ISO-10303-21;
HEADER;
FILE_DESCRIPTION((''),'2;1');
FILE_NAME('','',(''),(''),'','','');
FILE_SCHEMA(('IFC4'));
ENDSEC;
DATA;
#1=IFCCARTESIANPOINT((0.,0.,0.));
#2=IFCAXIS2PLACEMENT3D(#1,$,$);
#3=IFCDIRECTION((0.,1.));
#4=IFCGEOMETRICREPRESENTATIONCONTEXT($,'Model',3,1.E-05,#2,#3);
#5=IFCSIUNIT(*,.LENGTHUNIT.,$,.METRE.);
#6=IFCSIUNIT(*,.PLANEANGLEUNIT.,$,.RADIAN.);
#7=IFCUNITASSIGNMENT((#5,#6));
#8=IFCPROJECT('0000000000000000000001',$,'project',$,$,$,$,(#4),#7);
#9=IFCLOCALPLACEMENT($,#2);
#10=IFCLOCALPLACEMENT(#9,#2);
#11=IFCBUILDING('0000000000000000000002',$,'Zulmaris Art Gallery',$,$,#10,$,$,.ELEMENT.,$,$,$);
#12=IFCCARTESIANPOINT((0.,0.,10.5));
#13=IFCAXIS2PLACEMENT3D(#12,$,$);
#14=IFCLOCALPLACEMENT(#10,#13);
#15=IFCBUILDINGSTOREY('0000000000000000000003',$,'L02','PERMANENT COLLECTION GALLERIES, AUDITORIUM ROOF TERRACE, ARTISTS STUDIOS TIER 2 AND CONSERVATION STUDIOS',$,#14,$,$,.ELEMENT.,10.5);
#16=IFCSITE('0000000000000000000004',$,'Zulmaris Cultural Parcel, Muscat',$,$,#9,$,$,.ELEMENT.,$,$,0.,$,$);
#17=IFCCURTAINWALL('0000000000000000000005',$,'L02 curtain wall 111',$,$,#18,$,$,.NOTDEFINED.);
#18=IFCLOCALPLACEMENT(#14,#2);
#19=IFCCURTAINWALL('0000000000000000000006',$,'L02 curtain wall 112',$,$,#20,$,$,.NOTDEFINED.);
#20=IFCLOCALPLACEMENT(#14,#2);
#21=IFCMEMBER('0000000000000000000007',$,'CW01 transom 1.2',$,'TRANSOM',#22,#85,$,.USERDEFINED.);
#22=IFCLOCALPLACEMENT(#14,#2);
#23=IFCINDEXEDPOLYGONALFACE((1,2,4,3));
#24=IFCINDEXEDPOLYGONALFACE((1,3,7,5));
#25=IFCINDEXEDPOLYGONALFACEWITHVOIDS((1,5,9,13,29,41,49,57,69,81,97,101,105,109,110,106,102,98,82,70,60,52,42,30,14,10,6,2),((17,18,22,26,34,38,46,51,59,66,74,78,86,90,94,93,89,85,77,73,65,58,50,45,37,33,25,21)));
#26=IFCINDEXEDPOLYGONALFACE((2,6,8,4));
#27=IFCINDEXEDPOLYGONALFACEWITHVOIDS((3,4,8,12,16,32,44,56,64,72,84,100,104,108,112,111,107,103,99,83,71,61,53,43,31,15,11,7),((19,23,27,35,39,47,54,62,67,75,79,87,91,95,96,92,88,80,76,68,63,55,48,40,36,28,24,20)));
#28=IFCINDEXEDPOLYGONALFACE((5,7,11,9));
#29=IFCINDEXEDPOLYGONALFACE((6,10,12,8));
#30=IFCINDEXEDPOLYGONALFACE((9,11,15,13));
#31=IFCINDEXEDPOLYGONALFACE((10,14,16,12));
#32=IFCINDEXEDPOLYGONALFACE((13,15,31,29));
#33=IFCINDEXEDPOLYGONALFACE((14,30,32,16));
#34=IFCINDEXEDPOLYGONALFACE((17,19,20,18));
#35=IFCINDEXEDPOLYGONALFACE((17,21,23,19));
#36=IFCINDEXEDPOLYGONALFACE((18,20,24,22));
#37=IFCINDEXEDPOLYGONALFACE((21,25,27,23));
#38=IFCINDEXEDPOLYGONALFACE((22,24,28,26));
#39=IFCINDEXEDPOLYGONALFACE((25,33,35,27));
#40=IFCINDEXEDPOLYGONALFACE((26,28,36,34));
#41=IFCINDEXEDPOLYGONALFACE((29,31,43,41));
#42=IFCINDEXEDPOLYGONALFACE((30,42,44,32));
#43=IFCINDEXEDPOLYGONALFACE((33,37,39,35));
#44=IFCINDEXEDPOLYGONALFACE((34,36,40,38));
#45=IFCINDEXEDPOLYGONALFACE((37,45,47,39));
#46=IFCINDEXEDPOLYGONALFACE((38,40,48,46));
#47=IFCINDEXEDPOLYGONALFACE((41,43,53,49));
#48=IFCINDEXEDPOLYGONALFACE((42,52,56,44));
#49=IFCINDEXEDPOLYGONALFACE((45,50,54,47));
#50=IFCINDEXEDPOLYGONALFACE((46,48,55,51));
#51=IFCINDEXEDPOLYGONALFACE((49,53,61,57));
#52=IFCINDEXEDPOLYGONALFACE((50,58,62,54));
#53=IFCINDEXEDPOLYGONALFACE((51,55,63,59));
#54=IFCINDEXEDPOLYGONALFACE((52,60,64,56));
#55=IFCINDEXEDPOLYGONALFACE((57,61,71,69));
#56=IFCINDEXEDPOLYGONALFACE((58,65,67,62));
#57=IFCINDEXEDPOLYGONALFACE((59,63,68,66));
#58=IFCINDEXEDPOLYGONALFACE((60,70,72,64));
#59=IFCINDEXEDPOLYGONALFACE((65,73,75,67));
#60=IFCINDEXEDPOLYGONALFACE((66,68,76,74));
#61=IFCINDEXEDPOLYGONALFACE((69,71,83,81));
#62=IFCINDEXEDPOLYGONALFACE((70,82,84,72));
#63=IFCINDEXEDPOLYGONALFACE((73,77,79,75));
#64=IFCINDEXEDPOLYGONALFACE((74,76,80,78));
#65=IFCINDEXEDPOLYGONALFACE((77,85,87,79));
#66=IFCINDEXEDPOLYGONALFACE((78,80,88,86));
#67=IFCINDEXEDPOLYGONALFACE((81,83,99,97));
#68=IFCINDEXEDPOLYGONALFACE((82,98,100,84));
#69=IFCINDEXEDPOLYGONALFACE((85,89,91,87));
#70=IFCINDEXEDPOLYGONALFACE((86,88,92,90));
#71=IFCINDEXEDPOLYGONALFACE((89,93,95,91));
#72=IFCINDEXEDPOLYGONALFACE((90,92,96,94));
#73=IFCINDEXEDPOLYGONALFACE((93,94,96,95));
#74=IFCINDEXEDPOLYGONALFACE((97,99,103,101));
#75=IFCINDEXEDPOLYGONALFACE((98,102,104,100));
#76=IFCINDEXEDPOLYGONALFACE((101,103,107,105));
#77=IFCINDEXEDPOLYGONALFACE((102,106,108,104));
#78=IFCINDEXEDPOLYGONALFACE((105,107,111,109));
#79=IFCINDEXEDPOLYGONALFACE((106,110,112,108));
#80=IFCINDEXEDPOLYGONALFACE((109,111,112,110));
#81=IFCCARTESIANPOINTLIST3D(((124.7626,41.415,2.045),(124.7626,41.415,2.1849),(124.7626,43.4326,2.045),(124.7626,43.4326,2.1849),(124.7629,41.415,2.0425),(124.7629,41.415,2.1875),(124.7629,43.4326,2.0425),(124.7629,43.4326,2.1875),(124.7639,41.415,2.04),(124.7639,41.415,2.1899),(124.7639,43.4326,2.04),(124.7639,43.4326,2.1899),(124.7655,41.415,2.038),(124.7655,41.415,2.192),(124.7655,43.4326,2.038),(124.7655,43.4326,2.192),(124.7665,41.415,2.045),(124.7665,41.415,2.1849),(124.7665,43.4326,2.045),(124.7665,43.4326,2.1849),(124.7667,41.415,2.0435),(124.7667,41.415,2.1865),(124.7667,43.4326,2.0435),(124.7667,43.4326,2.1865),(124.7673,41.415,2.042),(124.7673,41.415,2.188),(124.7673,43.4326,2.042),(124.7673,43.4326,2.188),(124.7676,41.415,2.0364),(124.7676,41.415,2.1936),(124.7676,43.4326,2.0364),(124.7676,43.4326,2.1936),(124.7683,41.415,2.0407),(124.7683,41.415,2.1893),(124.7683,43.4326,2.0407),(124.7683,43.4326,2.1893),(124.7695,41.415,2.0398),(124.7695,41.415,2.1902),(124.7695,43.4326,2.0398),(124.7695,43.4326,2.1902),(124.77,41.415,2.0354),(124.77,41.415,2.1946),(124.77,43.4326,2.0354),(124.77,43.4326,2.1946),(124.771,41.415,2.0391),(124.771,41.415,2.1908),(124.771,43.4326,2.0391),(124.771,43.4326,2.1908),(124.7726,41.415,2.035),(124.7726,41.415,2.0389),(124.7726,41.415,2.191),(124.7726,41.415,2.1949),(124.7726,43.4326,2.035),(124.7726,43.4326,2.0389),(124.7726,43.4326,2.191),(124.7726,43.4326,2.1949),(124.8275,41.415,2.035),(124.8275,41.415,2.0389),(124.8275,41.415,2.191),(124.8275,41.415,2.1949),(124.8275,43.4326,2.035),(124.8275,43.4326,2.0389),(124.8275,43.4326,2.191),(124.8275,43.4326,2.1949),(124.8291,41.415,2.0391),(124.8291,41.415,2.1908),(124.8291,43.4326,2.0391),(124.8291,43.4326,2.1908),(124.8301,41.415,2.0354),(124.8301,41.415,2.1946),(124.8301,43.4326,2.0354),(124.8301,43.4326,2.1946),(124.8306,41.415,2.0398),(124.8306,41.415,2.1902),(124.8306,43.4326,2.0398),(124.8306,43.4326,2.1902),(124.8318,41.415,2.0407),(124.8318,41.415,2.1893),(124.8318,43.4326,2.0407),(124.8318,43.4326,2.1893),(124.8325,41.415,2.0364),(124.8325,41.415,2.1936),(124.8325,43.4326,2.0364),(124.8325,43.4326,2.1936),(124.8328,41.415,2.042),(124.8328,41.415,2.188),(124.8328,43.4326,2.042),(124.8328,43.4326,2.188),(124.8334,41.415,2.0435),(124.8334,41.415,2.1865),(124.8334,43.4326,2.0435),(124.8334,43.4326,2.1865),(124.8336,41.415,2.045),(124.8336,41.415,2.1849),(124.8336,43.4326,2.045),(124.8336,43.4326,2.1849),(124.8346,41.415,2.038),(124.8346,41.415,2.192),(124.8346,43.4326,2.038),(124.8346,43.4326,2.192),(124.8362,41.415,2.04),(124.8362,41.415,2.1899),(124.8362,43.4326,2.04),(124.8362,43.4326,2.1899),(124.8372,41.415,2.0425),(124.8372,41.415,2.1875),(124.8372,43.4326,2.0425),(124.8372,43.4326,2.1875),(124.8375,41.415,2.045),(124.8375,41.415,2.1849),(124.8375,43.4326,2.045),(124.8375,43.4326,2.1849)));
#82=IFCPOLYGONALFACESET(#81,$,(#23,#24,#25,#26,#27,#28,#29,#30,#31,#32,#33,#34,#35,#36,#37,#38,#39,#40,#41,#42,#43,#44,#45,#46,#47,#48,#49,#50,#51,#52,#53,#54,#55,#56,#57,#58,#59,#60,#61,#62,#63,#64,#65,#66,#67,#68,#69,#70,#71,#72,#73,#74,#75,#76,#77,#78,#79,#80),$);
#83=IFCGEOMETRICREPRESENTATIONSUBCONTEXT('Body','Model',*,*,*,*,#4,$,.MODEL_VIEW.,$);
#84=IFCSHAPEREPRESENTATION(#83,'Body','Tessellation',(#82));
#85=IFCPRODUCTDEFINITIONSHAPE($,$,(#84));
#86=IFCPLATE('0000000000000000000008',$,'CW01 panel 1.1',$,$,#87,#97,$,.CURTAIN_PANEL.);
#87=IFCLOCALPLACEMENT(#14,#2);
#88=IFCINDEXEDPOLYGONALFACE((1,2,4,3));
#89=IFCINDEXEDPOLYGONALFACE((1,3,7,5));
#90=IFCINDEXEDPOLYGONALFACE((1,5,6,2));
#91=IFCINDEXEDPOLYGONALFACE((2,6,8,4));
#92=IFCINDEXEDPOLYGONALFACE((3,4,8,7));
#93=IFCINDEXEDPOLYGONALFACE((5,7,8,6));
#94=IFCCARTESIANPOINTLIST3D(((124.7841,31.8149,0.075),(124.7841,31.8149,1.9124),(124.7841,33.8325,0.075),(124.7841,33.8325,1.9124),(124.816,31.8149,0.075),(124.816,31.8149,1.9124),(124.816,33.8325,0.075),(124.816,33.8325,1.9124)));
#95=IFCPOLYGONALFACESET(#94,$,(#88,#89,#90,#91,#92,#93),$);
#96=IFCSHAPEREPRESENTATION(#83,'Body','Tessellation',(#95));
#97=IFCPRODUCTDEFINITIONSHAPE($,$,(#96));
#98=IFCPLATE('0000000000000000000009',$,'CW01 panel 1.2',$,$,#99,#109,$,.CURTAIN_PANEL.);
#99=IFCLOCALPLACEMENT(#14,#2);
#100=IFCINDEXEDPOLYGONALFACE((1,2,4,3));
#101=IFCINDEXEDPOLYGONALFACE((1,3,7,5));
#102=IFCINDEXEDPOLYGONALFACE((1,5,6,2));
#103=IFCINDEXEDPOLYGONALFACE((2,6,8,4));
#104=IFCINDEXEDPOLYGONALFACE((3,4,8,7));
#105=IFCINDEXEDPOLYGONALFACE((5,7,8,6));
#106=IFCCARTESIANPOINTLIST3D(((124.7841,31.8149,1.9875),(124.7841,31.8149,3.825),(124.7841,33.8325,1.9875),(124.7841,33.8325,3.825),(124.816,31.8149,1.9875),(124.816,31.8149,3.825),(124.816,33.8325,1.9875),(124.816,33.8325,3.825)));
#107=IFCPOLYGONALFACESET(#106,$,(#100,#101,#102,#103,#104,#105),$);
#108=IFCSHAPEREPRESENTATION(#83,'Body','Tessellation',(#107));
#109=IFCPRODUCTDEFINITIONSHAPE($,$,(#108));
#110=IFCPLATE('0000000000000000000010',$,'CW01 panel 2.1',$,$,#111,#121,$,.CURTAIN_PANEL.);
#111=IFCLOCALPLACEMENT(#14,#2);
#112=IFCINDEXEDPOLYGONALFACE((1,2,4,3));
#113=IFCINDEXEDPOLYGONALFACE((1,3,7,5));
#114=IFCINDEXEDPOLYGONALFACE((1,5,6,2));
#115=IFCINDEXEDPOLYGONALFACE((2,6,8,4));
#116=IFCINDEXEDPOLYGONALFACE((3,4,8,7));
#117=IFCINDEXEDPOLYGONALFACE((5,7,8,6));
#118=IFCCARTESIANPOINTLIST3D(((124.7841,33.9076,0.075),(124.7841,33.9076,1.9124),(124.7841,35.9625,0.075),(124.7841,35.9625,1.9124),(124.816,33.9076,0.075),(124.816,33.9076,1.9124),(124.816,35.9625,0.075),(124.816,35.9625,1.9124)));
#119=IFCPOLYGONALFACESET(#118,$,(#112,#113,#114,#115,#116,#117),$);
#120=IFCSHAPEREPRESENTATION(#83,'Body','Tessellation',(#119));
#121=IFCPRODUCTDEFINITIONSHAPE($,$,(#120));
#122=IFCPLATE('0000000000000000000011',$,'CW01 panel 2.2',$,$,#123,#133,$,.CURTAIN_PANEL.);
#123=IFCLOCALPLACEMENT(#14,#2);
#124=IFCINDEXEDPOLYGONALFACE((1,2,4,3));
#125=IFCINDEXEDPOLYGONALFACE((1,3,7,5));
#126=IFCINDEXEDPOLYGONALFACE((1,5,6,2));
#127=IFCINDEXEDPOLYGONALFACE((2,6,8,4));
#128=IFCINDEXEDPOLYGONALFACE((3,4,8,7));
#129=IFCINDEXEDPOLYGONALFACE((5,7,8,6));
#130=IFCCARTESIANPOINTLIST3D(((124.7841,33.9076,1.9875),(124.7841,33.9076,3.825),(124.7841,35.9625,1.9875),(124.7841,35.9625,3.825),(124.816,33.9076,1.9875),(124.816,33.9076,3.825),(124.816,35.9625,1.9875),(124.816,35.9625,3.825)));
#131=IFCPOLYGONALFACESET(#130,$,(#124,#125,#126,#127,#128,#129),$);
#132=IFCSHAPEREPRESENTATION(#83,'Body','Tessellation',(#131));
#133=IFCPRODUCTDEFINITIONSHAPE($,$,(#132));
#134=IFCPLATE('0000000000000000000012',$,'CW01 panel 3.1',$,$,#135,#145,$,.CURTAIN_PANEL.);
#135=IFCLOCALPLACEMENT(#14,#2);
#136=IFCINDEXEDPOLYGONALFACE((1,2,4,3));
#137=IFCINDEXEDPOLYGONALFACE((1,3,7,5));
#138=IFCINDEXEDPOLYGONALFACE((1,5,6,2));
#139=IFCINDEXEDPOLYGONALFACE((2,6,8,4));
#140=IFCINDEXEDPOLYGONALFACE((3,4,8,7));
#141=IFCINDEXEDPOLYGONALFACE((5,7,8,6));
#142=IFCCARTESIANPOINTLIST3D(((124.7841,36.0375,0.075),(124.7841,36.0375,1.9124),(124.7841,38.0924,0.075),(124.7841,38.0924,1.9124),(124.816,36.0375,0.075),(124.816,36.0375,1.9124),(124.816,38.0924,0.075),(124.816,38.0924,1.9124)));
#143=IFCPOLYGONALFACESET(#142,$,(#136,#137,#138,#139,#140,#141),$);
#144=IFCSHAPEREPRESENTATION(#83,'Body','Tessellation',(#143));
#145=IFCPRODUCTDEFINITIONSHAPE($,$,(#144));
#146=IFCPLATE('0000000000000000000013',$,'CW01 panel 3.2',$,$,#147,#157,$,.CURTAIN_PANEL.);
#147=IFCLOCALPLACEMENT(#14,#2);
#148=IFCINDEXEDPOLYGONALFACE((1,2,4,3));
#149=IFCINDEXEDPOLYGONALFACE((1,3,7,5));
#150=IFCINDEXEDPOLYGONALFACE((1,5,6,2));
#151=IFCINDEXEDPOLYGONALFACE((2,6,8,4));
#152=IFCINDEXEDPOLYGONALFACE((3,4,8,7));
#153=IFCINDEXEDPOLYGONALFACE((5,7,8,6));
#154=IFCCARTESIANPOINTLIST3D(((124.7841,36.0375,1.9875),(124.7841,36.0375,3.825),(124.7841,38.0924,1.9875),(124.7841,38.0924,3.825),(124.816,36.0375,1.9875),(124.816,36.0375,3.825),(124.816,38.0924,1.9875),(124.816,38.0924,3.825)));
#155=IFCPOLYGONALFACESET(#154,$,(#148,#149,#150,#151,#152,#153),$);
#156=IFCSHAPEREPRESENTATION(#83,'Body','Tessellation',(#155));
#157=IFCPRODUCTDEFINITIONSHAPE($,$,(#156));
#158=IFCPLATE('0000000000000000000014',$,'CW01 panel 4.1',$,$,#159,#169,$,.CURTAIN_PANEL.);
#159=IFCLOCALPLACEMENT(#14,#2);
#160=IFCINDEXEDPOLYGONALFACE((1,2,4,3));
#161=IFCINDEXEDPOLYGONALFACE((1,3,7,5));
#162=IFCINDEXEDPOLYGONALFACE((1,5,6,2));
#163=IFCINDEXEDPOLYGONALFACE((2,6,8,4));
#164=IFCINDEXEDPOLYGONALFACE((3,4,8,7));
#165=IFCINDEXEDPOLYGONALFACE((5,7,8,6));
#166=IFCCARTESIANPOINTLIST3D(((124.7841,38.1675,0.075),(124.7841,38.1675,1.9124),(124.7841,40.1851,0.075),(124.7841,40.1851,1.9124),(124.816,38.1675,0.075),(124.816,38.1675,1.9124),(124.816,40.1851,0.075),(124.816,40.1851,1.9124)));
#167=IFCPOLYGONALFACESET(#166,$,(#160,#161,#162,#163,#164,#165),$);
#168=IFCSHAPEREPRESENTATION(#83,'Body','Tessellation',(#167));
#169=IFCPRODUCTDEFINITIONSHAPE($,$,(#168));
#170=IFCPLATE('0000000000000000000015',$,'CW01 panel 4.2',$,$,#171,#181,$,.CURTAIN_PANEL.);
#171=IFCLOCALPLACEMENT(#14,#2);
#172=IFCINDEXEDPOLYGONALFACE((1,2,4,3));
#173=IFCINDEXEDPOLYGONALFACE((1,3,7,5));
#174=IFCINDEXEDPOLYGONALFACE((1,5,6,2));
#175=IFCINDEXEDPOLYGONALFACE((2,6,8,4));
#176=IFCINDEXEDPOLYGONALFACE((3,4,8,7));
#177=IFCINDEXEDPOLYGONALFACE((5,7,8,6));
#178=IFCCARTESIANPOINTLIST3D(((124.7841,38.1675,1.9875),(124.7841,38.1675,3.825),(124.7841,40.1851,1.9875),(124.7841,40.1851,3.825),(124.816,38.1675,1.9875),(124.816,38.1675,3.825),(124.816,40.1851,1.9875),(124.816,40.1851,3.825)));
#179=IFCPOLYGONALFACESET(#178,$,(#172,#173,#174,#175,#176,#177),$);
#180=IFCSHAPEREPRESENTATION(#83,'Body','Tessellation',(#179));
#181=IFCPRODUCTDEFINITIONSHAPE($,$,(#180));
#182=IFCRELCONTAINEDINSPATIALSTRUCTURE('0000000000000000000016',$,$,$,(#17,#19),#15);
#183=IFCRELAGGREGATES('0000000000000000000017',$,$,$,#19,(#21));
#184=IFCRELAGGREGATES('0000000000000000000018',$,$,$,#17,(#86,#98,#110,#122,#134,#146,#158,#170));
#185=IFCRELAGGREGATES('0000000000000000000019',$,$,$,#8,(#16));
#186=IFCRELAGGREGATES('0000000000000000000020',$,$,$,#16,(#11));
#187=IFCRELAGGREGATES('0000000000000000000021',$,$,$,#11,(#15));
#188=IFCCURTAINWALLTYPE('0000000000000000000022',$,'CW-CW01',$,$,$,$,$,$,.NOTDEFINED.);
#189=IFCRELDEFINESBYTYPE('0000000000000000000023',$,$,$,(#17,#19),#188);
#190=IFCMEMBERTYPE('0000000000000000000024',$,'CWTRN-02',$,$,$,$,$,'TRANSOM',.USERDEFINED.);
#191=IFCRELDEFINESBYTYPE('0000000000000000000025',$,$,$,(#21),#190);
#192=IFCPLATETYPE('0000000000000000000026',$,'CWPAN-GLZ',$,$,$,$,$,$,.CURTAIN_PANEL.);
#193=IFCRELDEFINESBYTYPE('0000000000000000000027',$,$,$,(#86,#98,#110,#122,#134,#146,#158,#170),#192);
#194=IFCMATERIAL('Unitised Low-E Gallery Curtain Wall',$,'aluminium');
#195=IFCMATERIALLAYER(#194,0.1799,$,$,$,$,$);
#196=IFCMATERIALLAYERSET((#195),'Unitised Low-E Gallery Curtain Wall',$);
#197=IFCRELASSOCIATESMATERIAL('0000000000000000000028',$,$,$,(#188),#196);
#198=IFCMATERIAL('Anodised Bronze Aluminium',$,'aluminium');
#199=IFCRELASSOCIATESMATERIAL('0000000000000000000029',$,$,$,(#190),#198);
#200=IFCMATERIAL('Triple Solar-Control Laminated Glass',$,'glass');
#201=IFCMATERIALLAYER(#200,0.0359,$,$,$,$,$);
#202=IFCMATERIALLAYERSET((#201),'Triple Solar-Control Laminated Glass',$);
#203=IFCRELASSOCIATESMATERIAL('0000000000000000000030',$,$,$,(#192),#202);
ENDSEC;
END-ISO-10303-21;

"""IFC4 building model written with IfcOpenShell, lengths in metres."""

from ifc_helpers import new_model, si_unit, direction, frame, origin, origin_2d, place, context, subcontext, project, spatial, rectangle, hollow_rectangle, extrude, material, layer, layer_set, material_profile, profile_set, type_object, element, aggregate, save


model = new_model("IFC4")

# Units and contexts
model_context = context("Model", 3, precision=1e-05, world=origin(), true_north=direction((0.0, 1.0)))
body_context = subcontext(model_context, "Body", "Model", "MODEL_VIEW")
ifc_project = project(units=[si_unit("LENGTHUNIT", "METRE"), si_unit("PLANEANGLEUNIT", "RADIAN")], contexts=[model_context])

# Site, building, storey
site_placement = place(None, origin())
site = spatial("IfcSite", under=ifc_project, at=site_placement, Name="Zulmaris Cultural Parcel, Muscat", CompositionType="ELEMENT", RefElevation=0.0)
building_placement = place(site_placement, origin())
building = spatial("IfcBuilding", under=site, at=building_placement, Name="Zulmaris Art Gallery", CompositionType="ELEMENT")
storey_placement = place(building_placement, frame((0.0, 0.0, 10.5)))
storey = spatial("IfcBuildingStorey", under=building, at=storey_placement, Name="L02", Description="PERMANENT COLLECTION GALLERIES, AUDITORIUM ROOF TERRACE, ARTISTS STUDIOS TIER 2 AND CONSERVATION STUDIOS", CompositionType="ELEMENT", Elevation=10.5)

# Curtain wall
ifc_material_1 = material(Name="Unitised Low-E Gallery Curtain Wall", Category="aluminium")
ifc_layer_1 = layer(ifc_material_1, 0.1799)
ifc_layer_set_1 = layer_set([ifc_layer_1], Name="Unitised Low-E Gallery Curtain Wall")
curtain_wall_type = type_object("IfcCurtainWallType", Name="CW-CW01", PredefinedType="NOTDEFINED", material=ifc_layer_set_1)
curtain_wall_1_placement = place(storey_placement, origin())
curtain_wall_1 = element("IfcCurtainWall", 1, at=curtain_wall_1_placement, inside=storey, type_object=curtain_wall_type, Name="L02 curtain wall 111", PredefinedType="NOTDEFINED")
ifc_material_2 = material(Name="Anodised Bronze Aluminium", Category="aluminium")

# Curtain wall
curtain_wall_2_placement = place(storey_placement, origin())
curtain_wall_2 = element("IfcCurtainWall", 2, at=curtain_wall_2_placement, inside=storey, type_object=curtain_wall_type, Name="L02 curtain wall 112", PredefinedType="NOTDEFINED")

# Member
ifc_material_profile_1 = material_profile(ifc_material_2, hollow_rectangle(XDim=0.075, YDim=0.1599, WallThickness=0.0039, InnerFilletRadius=0.0061, OuterFilletRadius=0.01, at=origin_2d()), Name="ALU 75x160x4")
ifc_profile_set_1 = profile_set([ifc_material_profile_1], Name="Anodised Bronze Aluminium")
member_type_1 = type_object("IfcMemberType", Name="CWTRN-02", ElementType="TRANSOM", PredefinedType="USERDEFINED", material=ifc_profile_set_1)
member_1_placement = place(storey_placement, frame((124.8, 41.415, 2.115), z_axis=(0.0, 1.0, 0.0), x_axis=(-1.0, 0.0, 0.0)))
member_1 = element("IfcMember", 3, at=member_1_placement, type_object=member_type_1, Name="CW01 transom 1.2", ObjectType="TRANSOM", PredefinedType="USERDEFINED", context=body_context, shape_type="SweptSolid", body=[
    extrude(hollow_rectangle(XDim=0.075, YDim=0.1599, WallThickness=0.0039, InnerFilletRadius=0.0061, OuterFilletRadius=0.01, at=origin_2d()), origin(), (0.0, 0.0, 1.0), 2.0176),
])
aggregate(curtain_wall_2, [member_1])

# Plates
ifc_material_3 = material(Name="Triple Solar-Control Laminated Glass", Category="glass")
ifc_layer_2 = layer(ifc_material_3, 0.0359)
ifc_layer_set_2 = layer_set([ifc_layer_2], Name="Triple Solar-Control Laminated Glass")
plate_type = type_object("IfcPlateType", Name="CWPAN-GLZ", PredefinedType="CURTAIN_PANEL", material=ifc_layer_set_2)
plate_1_placement = place(storey_placement, frame((124.8, 32.8237, 0.075), z_axis=(0.0, 0.0, 1.0), x_axis=(0.0, 1.0, 0.0)))
plate_1 = element("IfcPlate", 4, at=plate_1_placement, type_object=plate_type, Name="CW01 panel 1.1", PredefinedType="CURTAIN_PANEL", context=body_context, shape_type="SweptSolid", body=[
    extrude(rectangle(XDim=2.0176, YDim=0.032, at=origin_2d()), origin(), (0.0, 0.0, 1.0), 1.8374),
])
plate_2_placement = place(storey_placement, frame((124.8, 32.8237, 1.9875), z_axis=(0.0, 0.0, 1.0), x_axis=(0.0, 1.0, 0.0)))
plate_2 = element("IfcPlate", 5, at=plate_2_placement, type_object=plate_type, Name="CW01 panel 1.2", PredefinedType="CURTAIN_PANEL", context=body_context, shape_type="SweptSolid", body=[
    extrude(rectangle(XDim=2.0176, YDim=0.032, at=origin_2d()), origin(), (0.0, 0.0, 1.0), 1.8374),
])
plate_3_placement = place(storey_placement, frame((124.8, 34.9351, 0.075), z_axis=(0.0, 0.0, 1.0), x_axis=(0.0, 1.0, 0.0)))
plate_3 = element("IfcPlate", 6, at=plate_3_placement, type_object=plate_type, Name="CW01 panel 2.1", PredefinedType="CURTAIN_PANEL", context=body_context, shape_type="SweptSolid", body=[
    extrude(rectangle(XDim=2.0549, YDim=0.032, at=origin_2d()), origin(), (0.0, 0.0, 1.0), 1.8374),
])
plate_4_placement = place(storey_placement, frame((124.8, 34.9351, 1.9875), z_axis=(0.0, 0.0, 1.0), x_axis=(0.0, 1.0, 0.0)))
plate_4 = element("IfcPlate", 7, at=plate_4_placement, type_object=plate_type, Name="CW01 panel 2.2", PredefinedType="CURTAIN_PANEL", context=body_context, shape_type="SweptSolid", body=[
    extrude(rectangle(XDim=2.0549, YDim=0.032, at=origin_2d()), origin(), (0.0, 0.0, 1.0), 1.8374),
])
plate_5_placement = place(storey_placement, frame((124.8, 37.0649, 0.075), z_axis=(0.0, 0.0, 1.0), x_axis=(0.0, 1.0, 0.0)))
plate_5 = element("IfcPlate", 8, at=plate_5_placement, type_object=plate_type, Name="CW01 panel 3.1", PredefinedType="CURTAIN_PANEL", context=body_context, shape_type="SweptSolid", body=[
    extrude(rectangle(XDim=2.0549, YDim=0.032, at=origin_2d()), origin(), (0.0, 0.0, 1.0), 1.8374),
])
plate_6_placement = place(storey_placement, frame((124.8, 37.0649, 1.9875), z_axis=(0.0, 0.0, 1.0), x_axis=(0.0, 1.0, 0.0)))
plate_6 = element("IfcPlate", 9, at=plate_6_placement, type_object=plate_type, Name="CW01 panel 3.2", PredefinedType="CURTAIN_PANEL", context=body_context, shape_type="SweptSolid", body=[
    extrude(rectangle(XDim=2.0549, YDim=0.032, at=origin_2d()), origin(), (0.0, 0.0, 1.0), 1.8374),
])
plate_7_placement = place(storey_placement, frame((124.8, 39.1763, 0.075), z_axis=(0.0, 0.0, 1.0), x_axis=(0.0, 1.0, 0.0)))
plate_7 = element("IfcPlate", 10, at=plate_7_placement, type_object=plate_type, Name="CW01 panel 4.1", PredefinedType="CURTAIN_PANEL", context=body_context, shape_type="SweptSolid", body=[
    extrude(rectangle(XDim=2.0176, YDim=0.032, at=origin_2d()), origin(), (0.0, 0.0, 1.0), 1.8374),
])
plate_8_placement = place(storey_placement, frame((124.8, 39.1763, 1.9875), z_axis=(0.0, 0.0, 1.0), x_axis=(0.0, 1.0, 0.0)))
plate_8 = element("IfcPlate", 11, at=plate_8_placement, type_object=plate_type, Name="CW01 panel 4.2", PredefinedType="CURTAIN_PANEL", context=body_context, shape_type="SweptSolid", body=[
    extrude(rectangle(XDim=2.0176, YDim=0.032, at=origin_2d()), origin(), (0.0, 0.0, 1.0), 1.8374),
])
aggregate(curtain_wall_1, [plate_1, plate_2, plate_3, plate_4, plate_5, plate_6, plate_7, plate_8])

save(model, "model.ifc")
